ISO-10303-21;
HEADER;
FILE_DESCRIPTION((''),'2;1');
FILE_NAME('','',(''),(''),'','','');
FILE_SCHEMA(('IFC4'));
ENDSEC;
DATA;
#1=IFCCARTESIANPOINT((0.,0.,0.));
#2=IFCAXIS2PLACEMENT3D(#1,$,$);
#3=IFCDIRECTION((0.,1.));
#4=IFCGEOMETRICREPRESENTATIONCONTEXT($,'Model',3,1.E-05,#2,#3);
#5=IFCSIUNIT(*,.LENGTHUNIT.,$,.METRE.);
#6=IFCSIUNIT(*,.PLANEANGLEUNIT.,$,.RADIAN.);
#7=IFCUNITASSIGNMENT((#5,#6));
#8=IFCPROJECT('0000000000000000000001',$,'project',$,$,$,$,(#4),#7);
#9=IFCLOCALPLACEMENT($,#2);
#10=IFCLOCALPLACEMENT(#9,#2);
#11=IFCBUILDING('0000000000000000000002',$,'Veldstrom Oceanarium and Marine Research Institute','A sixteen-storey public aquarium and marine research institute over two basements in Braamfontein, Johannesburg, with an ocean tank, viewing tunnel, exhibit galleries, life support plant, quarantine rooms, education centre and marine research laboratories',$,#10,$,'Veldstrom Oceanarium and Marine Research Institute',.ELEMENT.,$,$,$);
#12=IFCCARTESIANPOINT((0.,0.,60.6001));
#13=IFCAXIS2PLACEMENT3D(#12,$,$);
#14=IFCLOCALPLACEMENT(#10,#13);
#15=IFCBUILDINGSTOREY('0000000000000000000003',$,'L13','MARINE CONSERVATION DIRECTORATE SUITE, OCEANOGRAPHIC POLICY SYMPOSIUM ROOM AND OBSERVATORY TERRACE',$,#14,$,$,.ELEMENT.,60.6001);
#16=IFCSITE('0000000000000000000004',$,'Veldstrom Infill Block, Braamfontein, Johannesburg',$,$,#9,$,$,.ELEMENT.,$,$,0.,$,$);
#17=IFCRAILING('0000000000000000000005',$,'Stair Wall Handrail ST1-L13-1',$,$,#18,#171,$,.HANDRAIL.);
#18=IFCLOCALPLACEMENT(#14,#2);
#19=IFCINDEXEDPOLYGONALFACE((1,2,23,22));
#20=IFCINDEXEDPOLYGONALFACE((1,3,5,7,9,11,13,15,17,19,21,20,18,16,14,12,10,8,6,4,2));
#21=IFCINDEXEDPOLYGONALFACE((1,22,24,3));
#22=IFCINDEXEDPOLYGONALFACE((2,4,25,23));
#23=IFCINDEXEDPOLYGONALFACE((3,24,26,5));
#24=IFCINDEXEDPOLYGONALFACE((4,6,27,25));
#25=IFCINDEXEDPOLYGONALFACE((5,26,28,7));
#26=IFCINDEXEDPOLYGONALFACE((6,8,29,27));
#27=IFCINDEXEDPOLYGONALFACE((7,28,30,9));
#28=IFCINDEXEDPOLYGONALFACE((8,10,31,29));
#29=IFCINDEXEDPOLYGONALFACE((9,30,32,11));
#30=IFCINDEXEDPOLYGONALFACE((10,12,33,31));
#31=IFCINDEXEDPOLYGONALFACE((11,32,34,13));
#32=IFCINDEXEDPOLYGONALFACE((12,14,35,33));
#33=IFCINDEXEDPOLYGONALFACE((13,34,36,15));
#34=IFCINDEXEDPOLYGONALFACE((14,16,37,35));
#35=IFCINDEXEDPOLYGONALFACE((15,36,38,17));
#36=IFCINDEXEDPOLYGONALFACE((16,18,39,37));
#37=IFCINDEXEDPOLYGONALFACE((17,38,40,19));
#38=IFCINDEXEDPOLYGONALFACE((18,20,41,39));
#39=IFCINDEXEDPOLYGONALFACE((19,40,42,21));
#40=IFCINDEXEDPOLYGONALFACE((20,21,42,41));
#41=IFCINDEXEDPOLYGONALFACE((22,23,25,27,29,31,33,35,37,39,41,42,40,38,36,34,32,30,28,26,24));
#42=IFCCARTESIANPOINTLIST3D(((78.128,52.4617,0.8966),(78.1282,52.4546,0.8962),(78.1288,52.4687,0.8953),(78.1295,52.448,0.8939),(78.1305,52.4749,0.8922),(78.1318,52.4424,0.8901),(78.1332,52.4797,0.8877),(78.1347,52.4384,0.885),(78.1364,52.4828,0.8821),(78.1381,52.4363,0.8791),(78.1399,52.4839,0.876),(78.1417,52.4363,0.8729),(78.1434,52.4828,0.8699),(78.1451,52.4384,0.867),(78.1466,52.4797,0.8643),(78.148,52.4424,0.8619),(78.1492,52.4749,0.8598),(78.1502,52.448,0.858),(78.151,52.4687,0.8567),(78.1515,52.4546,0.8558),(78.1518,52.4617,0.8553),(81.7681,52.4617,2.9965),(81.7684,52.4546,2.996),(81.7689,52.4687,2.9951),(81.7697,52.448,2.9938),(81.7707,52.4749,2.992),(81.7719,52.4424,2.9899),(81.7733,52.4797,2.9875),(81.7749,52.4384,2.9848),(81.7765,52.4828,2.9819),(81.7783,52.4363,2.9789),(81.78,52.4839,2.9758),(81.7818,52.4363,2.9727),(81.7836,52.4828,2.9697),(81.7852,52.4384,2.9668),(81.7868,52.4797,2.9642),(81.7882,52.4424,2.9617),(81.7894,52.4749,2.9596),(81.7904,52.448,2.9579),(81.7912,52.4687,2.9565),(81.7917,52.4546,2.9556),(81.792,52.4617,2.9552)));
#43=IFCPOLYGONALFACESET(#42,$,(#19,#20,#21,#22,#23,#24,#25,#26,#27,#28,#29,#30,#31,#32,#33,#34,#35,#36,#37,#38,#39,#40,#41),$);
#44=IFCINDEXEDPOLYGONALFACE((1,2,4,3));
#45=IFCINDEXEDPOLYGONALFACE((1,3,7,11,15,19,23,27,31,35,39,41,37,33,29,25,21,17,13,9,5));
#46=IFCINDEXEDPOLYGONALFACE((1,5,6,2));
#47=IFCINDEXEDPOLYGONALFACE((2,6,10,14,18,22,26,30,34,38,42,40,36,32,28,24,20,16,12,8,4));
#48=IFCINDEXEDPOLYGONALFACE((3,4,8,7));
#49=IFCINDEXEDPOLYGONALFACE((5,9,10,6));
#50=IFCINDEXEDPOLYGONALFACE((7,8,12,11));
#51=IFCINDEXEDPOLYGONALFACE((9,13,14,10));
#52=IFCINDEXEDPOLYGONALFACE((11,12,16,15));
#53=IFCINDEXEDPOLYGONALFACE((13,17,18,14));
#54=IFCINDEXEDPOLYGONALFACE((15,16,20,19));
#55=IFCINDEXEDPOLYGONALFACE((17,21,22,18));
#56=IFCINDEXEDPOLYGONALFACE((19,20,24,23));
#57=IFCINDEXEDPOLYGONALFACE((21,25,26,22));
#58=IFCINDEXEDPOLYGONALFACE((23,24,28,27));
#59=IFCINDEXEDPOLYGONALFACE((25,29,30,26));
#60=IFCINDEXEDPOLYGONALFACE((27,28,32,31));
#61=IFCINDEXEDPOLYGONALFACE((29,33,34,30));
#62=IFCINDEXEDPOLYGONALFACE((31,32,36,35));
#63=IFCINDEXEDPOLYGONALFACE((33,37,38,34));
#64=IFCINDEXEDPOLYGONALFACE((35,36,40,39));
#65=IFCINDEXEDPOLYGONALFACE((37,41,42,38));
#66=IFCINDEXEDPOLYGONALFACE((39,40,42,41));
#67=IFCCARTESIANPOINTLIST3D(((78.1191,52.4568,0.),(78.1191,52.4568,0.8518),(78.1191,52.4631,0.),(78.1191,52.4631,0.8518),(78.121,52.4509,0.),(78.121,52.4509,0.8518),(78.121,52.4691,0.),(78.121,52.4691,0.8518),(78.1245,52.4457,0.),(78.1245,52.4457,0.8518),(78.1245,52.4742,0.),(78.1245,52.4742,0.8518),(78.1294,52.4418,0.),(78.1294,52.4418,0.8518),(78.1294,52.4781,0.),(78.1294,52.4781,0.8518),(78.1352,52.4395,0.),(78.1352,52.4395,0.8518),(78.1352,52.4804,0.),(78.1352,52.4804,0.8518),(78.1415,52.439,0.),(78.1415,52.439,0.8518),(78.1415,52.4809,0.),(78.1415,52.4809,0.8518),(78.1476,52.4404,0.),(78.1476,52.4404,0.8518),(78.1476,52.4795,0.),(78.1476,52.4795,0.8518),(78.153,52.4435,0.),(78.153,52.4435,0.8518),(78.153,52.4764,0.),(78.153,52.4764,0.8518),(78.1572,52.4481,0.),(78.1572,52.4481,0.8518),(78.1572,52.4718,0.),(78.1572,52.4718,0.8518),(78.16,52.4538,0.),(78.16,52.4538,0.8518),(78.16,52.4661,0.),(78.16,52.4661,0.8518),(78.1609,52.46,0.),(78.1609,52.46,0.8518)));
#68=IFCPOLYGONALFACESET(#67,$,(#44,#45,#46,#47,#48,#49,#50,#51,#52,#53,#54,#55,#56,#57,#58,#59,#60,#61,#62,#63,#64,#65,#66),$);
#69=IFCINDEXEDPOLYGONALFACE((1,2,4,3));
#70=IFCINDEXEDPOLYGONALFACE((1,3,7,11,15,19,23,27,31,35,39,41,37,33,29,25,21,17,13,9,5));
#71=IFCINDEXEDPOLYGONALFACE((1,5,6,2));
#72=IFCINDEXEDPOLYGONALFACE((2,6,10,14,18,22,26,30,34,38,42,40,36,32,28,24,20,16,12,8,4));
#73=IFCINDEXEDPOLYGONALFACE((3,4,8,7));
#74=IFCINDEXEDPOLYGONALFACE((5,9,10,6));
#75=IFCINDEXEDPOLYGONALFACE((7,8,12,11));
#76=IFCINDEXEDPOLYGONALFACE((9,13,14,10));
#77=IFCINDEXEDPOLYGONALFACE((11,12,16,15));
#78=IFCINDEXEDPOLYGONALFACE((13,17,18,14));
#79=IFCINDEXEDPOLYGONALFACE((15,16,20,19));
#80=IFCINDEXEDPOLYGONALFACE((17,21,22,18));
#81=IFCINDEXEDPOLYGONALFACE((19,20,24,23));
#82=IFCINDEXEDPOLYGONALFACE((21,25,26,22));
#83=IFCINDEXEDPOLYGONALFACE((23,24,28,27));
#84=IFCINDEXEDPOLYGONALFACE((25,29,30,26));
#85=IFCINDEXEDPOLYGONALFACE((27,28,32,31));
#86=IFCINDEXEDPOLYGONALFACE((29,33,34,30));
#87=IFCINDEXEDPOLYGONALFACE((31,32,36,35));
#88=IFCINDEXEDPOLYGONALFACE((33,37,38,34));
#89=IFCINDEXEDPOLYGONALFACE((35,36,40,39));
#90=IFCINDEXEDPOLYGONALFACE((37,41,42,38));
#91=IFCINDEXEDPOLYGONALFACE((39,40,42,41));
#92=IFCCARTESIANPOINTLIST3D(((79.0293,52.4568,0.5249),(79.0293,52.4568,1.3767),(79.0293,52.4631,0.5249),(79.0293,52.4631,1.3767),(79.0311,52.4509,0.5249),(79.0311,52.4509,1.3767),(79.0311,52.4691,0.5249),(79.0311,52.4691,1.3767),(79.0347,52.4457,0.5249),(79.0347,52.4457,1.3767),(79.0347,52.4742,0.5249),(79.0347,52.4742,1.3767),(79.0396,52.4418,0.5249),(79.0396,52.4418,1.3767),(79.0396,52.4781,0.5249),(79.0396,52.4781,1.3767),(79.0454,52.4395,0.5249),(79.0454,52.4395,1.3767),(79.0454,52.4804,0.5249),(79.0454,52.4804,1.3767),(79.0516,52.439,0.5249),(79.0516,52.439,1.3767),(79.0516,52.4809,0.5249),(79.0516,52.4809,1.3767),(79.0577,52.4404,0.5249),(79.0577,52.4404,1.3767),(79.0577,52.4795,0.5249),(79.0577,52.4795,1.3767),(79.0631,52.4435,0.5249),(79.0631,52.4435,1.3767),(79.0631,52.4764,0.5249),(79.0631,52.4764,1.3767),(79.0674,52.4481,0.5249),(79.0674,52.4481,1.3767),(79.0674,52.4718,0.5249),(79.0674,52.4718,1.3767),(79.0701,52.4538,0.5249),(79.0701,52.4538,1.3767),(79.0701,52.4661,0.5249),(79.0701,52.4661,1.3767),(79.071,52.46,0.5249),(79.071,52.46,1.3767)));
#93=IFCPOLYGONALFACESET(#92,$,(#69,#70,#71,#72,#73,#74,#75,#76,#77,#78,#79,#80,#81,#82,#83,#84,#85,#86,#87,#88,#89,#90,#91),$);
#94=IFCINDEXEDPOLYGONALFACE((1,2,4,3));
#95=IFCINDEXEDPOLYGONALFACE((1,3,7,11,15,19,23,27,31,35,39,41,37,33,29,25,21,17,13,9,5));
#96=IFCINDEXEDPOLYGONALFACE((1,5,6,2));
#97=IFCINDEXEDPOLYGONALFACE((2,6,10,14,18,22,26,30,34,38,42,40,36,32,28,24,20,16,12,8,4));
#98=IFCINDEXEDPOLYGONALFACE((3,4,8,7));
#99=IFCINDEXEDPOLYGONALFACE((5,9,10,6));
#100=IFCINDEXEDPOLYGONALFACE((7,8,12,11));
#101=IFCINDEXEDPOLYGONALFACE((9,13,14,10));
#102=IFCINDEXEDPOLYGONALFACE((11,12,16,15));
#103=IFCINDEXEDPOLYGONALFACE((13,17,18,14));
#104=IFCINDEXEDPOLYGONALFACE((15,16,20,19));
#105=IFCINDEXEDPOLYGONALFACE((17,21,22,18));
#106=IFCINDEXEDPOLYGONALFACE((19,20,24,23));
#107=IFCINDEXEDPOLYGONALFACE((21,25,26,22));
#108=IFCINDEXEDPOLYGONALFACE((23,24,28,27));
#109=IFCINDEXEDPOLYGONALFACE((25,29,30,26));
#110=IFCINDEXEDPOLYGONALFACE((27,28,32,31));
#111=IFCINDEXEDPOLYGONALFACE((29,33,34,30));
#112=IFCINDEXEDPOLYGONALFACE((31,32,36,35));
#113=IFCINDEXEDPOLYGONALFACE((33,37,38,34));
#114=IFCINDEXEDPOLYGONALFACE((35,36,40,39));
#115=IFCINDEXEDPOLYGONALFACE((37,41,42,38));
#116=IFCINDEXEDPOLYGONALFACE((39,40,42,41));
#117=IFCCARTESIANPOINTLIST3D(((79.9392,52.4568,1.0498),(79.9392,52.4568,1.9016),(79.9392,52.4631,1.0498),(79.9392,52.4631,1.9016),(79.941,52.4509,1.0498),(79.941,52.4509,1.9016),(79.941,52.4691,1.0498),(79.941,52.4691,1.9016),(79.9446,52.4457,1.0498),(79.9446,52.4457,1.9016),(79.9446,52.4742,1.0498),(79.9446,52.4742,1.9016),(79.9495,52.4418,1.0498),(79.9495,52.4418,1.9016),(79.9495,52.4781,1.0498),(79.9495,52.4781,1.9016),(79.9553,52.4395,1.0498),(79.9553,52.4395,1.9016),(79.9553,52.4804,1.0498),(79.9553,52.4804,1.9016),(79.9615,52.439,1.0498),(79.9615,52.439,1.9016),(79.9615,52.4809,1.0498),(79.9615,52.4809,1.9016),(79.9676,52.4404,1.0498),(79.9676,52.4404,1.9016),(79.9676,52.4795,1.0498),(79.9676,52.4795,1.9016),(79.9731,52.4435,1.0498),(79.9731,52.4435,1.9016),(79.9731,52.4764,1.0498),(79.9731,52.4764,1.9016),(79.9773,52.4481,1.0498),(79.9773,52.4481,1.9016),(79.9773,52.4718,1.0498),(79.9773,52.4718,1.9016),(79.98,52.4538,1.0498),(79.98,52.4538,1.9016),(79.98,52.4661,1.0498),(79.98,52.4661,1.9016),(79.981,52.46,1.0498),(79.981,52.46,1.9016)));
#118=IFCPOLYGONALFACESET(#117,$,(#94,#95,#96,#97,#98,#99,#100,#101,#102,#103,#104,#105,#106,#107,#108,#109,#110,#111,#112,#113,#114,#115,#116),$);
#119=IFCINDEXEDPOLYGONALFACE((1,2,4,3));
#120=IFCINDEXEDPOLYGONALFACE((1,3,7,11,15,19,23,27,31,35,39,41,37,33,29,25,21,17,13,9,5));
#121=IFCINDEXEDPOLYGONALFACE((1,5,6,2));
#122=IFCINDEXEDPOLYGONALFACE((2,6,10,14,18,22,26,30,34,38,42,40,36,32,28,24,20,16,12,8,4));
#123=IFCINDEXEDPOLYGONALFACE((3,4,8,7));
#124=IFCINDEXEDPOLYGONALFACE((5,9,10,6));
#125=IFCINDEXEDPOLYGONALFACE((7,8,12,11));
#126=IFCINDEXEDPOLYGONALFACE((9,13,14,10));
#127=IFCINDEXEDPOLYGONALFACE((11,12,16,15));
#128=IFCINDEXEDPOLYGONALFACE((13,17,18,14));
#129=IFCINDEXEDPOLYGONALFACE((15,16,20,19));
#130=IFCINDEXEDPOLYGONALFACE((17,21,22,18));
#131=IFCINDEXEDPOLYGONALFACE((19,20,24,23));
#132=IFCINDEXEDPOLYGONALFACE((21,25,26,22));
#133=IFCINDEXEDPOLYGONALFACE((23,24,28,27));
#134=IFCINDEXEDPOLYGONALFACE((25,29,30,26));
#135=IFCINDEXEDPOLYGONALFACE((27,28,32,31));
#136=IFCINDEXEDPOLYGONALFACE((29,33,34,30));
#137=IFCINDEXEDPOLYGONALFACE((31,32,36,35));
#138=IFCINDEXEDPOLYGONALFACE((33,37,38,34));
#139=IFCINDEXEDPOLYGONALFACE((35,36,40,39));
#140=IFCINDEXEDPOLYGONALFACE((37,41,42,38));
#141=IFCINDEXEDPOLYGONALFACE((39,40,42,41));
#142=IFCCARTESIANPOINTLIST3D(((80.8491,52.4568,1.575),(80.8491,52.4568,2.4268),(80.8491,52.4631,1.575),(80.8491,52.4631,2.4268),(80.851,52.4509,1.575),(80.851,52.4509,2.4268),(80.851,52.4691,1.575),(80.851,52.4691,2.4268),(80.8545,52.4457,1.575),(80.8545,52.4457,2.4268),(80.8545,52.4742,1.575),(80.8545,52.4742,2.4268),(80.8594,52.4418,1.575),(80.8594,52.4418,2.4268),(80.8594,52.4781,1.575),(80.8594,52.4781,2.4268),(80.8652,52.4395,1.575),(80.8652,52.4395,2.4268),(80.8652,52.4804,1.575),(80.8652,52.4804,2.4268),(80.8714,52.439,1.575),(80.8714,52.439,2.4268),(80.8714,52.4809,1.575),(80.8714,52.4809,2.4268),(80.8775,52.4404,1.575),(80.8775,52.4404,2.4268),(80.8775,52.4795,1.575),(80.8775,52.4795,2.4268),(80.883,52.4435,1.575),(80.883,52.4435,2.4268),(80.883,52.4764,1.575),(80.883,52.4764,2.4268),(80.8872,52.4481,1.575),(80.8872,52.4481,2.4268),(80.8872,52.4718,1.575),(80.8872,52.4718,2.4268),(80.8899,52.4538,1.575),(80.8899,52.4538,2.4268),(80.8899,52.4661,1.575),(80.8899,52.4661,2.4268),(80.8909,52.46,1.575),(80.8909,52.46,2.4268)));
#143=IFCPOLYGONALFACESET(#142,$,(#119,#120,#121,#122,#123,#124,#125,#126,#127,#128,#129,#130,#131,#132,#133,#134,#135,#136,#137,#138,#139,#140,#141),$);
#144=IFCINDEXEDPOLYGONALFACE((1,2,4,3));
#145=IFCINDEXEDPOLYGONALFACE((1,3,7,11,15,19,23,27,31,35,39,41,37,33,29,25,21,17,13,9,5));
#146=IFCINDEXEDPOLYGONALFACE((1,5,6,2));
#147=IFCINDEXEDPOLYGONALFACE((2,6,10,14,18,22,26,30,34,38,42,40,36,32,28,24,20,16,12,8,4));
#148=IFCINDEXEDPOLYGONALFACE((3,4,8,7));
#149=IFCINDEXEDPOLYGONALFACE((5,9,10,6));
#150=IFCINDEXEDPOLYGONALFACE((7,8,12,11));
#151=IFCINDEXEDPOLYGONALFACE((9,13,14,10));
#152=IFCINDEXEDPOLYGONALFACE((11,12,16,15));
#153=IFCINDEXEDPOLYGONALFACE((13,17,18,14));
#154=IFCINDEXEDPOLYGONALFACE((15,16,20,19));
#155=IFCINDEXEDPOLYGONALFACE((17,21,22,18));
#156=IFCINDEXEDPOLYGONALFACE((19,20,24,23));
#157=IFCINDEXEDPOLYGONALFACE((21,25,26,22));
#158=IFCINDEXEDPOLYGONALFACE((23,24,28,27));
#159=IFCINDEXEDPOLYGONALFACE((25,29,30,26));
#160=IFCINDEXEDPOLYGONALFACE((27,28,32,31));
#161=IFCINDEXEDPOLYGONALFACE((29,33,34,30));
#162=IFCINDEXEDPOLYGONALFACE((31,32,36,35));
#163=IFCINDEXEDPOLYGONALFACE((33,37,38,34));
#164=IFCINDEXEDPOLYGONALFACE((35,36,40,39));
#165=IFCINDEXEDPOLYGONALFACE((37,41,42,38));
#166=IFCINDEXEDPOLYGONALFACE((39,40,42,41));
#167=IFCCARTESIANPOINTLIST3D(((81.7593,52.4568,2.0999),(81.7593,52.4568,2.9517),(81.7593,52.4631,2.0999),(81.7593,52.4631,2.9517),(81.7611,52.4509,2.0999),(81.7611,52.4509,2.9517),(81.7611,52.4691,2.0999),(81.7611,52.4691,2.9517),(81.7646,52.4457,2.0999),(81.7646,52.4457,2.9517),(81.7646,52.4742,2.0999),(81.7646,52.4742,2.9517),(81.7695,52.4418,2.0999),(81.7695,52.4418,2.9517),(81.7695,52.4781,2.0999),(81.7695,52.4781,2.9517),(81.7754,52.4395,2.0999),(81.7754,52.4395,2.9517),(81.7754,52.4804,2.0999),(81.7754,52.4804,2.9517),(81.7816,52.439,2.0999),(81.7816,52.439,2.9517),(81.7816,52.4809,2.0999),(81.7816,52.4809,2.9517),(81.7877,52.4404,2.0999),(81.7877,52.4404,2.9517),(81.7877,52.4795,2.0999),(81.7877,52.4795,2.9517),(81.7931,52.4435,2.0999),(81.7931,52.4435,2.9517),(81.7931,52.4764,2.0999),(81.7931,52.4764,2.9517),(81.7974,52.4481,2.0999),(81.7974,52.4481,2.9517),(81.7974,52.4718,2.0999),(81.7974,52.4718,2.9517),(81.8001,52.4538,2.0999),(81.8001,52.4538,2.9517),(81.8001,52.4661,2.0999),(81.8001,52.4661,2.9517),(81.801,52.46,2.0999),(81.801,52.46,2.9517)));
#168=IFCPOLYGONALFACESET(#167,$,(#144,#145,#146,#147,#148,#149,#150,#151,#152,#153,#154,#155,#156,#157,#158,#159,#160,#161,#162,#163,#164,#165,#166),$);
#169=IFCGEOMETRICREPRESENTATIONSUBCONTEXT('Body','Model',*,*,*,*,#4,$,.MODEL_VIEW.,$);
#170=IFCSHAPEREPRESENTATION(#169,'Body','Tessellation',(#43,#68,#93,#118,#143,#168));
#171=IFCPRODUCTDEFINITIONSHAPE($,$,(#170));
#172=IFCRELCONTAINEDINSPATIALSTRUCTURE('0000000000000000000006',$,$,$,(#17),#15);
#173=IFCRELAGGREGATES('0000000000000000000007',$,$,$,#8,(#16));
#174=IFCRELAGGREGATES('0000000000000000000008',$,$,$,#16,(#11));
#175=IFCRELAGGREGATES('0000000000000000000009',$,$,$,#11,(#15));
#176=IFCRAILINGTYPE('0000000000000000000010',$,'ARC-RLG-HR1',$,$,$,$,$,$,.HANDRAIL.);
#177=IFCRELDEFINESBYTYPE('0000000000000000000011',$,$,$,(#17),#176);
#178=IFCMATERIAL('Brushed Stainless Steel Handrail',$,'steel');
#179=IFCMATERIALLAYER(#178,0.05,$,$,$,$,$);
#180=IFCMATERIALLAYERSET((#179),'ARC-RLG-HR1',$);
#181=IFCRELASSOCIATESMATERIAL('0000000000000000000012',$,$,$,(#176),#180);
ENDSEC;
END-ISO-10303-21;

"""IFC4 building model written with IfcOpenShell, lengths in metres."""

from ifc_helpers import new_model, si_unit, direction, frame, origin, origin_2d, place, context, subcontext, project, spatial, circle, extrude, material, layer, layer_set, type_object, element, save


model = new_model("IFC4")

# Units and contexts
model_context = context("Model", 3, precision=1e-05, world=origin(), true_north=direction((0.0, 1.0)))
body_context = subcontext(model_context, "Body", "Model", "MODEL_VIEW")
ifc_project = project(units=[si_unit("LENGTHUNIT", "METRE"), si_unit("PLANEANGLEUNIT", "RADIAN")], contexts=[model_context])

# Site, building, storey
site_placement = place(None, origin())
site = spatial("IfcSite", under=ifc_project, at=site_placement, Name="Veldstrom Infill Block, Braamfontein, Johannesburg", CompositionType="ELEMENT", RefElevation=0.0)
building_placement = place(site_placement, origin())
building = spatial("IfcBuilding", under=site, at=building_placement, Name="Veldstrom Oceanarium and Marine Research Institute", Description="A sixteen-storey public aquarium and marine research institute over two basements in Braamfontein, Johannesburg, with an ocean tank, viewing tunnel, exhibit galleries, life support plant, quarantine rooms, education centre and marine research laboratories", LongName="Veldstrom Oceanarium and Marine Research Institute", CompositionType="ELEMENT")
storey_placement = place(building_placement, frame((0.0, 0.0, 60.6001)))
storey = spatial("IfcBuildingStorey", under=building, at=storey_placement, Name="L13", Description="MARINE CONSERVATION DIRECTORATE SUITE, OCEANOGRAPHIC POLICY SYMPOSIUM ROOM AND OBSERVATORY TERRACE", CompositionType="ELEMENT", Elevation=60.6001)

# Railing
ifc_material_1 = material(Name="Brushed Stainless Steel Handrail", Category="steel")
ifc_layer_1 = layer(ifc_material_1, 0.05)
ifc_layer_set_1 = layer_set([ifc_layer_1], Name="ARC-RLG-HR1")
railing_type_1 = type_object("IfcRailingType", Name="ARC-RLG-HR1", PredefinedType="HANDRAIL", material=ifc_layer_set_1)
railing_1_placement = place(storey_placement, frame((78.1399, 52.46, 0.0)))
element("IfcRailing", 1, at=railing_1_placement, inside=storey, type_object=railing_type_1, Name="Stair Wall Handrail ST1-L13-1", PredefinedType="HANDRAIL", context=body_context, shape_type="SweptSolid", body=[
    extrude(circle(Radius=0.0239, at=origin_2d()), frame((0.0, 0.0, 0.876), z_axis=(0.866209, 0.0, 0.499682), x_axis=(0.0, 1.0, 0.0)), (0.0, 0.0, 1.0), 4.2024),
    extrude(circle(Radius=0.021, at=origin_2d()), origin(), (0.0, 0.0, 1.0), 0.8518),
    extrude(circle(Radius=0.021, at=origin_2d()), frame((0.9102, 0.0, 0.5249)), (0.0, 0.0, 1.0), 0.8518),
    extrude(circle(Radius=0.021, at=origin_2d()), frame((1.8201, 0.0, 1.0498)), (0.0, 0.0, 1.0), 0.8518),
    extrude(circle(Radius=0.021, at=origin_2d()), frame((2.73, 0.0, 1.575)), (0.0, 0.0, 1.0), 0.8518),
    extrude(circle(Radius=0.021, at=origin_2d()), frame((3.6401, 0.0, 2.0999)), (0.0, 0.0, 1.0), 0.8518),
])

save(model, "model.ifc")
